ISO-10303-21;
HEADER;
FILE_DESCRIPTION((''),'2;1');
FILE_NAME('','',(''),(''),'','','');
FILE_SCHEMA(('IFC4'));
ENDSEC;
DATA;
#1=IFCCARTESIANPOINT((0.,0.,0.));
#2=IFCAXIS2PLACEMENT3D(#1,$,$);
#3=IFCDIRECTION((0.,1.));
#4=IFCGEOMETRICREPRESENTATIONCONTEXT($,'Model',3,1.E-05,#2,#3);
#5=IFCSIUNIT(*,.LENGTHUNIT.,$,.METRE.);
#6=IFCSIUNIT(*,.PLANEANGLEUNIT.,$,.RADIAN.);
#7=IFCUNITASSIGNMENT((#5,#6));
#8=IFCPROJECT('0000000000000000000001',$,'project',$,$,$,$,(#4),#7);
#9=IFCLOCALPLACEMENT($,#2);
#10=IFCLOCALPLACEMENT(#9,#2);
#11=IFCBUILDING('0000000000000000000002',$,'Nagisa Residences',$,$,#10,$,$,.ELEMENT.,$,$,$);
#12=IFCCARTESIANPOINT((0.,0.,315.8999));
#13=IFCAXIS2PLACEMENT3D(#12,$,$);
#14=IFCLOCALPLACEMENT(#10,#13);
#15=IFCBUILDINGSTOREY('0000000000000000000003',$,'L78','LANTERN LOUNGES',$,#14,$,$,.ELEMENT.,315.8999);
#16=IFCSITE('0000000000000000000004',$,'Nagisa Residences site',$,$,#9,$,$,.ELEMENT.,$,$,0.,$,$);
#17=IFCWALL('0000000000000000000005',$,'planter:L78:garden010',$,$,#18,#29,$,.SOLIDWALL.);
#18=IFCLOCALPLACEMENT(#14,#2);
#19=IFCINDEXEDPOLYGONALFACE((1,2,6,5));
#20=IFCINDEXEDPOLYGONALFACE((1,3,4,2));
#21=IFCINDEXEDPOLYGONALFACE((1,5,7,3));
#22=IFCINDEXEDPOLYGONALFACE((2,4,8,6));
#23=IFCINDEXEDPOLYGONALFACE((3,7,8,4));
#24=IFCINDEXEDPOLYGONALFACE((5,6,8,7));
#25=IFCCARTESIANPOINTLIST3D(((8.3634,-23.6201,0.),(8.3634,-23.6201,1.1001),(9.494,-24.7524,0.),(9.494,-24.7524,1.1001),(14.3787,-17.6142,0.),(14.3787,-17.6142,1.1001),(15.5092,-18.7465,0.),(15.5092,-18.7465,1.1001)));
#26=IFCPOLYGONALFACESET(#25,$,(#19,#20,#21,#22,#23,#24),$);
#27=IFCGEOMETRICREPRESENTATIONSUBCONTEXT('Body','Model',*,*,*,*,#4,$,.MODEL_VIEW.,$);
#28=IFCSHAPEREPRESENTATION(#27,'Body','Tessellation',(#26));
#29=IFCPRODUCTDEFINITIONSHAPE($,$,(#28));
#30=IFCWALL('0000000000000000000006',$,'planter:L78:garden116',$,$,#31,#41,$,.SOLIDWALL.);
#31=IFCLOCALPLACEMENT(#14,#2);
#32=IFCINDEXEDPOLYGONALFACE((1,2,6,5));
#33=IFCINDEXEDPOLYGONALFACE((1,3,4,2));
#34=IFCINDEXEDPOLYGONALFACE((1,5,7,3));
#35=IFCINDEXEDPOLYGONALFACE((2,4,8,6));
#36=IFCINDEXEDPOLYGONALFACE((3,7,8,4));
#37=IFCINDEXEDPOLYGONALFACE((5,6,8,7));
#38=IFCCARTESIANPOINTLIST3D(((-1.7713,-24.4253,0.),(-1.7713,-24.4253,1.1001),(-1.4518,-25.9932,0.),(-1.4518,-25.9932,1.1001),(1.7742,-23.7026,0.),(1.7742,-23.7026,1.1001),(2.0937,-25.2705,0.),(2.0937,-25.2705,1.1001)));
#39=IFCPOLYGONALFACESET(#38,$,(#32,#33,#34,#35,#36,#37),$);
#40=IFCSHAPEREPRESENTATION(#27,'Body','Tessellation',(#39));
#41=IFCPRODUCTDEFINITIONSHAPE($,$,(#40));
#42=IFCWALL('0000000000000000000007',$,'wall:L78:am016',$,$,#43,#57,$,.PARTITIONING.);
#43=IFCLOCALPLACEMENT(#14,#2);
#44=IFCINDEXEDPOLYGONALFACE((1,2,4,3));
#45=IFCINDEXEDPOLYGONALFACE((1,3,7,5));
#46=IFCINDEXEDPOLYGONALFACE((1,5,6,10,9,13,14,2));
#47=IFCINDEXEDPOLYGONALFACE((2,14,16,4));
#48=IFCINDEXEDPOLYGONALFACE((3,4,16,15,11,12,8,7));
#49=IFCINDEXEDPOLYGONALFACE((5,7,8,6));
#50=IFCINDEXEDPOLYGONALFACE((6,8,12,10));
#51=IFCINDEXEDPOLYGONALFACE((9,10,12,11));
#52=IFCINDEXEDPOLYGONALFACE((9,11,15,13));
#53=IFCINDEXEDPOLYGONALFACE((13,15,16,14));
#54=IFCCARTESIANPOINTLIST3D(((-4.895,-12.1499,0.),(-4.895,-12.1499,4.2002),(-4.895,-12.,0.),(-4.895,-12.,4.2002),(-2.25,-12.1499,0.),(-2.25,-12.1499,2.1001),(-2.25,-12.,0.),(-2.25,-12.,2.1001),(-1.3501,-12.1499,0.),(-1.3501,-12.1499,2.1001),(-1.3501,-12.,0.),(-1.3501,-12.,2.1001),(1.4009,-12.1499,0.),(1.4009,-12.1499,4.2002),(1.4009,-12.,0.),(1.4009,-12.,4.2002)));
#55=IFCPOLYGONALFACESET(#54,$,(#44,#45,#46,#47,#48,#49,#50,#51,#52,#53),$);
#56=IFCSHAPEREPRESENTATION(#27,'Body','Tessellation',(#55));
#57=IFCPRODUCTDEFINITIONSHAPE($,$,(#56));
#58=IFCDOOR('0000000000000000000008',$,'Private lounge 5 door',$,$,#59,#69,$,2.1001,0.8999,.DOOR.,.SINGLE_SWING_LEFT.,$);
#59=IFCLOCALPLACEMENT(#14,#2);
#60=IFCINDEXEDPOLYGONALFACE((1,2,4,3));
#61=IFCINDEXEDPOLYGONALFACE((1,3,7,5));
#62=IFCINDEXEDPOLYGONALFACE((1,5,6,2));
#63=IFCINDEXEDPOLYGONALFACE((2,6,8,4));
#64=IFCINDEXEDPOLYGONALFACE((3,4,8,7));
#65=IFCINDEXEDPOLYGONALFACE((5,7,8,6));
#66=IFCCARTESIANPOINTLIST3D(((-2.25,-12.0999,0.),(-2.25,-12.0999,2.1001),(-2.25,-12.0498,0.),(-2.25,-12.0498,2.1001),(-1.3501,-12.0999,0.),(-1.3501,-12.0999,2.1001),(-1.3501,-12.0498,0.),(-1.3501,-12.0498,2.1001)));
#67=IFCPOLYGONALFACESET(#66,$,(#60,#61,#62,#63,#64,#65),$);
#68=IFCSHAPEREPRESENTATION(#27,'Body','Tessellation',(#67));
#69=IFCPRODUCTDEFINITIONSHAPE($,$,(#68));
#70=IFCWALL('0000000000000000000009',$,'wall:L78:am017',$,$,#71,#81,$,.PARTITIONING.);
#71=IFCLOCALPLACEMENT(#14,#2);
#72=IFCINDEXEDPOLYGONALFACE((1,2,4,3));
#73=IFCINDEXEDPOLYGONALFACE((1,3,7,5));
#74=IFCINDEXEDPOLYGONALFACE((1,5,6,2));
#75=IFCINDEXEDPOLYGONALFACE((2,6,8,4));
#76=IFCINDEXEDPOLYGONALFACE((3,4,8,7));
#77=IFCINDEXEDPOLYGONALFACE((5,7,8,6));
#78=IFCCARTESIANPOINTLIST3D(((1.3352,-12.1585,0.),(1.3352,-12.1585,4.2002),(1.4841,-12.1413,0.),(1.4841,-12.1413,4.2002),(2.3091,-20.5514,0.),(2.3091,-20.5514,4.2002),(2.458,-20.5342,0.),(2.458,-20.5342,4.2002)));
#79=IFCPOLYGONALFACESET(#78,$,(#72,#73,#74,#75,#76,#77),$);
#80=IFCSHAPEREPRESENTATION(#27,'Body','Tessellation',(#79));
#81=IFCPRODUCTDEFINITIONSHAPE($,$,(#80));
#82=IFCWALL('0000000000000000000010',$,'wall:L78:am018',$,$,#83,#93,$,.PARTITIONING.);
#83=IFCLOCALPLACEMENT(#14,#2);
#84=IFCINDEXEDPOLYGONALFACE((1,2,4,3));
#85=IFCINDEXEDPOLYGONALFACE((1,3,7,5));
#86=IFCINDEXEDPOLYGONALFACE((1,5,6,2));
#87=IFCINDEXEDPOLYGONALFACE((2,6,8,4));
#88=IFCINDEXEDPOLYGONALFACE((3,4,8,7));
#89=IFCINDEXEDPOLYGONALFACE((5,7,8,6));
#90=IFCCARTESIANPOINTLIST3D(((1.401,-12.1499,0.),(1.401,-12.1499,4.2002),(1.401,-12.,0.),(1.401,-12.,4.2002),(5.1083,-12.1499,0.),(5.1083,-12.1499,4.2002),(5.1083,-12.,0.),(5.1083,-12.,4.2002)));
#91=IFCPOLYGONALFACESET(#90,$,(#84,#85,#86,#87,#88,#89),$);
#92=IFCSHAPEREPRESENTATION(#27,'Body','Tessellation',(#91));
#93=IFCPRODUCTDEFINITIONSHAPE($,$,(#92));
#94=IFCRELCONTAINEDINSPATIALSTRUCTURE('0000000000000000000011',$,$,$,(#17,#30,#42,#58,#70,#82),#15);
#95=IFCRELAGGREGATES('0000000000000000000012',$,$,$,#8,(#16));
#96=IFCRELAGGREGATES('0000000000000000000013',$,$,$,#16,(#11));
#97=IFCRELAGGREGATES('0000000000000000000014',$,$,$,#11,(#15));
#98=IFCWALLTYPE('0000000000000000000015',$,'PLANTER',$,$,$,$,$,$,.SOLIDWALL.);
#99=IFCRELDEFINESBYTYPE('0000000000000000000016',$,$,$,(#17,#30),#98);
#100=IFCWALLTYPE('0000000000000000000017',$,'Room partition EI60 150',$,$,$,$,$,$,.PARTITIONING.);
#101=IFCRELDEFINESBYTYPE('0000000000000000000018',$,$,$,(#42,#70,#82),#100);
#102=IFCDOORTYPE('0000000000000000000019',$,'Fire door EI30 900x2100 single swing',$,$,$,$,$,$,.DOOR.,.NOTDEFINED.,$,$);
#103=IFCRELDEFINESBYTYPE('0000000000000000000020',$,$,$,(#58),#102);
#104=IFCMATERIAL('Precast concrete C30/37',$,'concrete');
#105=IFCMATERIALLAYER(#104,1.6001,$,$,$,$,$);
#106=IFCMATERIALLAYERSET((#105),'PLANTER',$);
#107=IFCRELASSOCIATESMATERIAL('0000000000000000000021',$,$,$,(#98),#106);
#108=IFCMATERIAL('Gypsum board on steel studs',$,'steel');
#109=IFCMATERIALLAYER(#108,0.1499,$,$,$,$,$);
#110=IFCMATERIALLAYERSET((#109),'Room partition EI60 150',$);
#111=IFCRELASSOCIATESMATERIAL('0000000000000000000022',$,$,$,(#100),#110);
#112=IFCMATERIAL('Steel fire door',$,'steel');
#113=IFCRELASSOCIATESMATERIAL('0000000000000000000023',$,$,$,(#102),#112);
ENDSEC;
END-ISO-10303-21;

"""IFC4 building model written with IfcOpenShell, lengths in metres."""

from ifc_helpers import new_model, si_unit, direction, frame, frame_2d, origin, place, context, subcontext, project, spatial, rectangle, extrude, material, layer, layer_set, type_object, element, fill, save


model = new_model("IFC4")

# Units and contexts
model_context = context("Model", 3, precision=1e-05, world=origin(), true_north=direction((0.0, 1.0)))
body_context = subcontext(model_context, "Body", "Model", "MODEL_VIEW")
ifc_project = project(units=[si_unit("LENGTHUNIT", "METRE"), si_unit("PLANEANGLEUNIT", "RADIAN")], contexts=[model_context])

# Site, building, storey
site_placement = place(None, origin())
site = spatial("IfcSite", under=ifc_project, at=site_placement, Name="Nagisa Residences site", CompositionType="ELEMENT", RefElevation=0.0)
building_placement = place(site_placement, origin())
building = spatial("IfcBuilding", under=site, at=building_placement, Name="Nagisa Residences", CompositionType="ELEMENT")
storey_placement = place(building_placement, frame((0.0, 0.0, 315.8999)))
storey = spatial("IfcBuildingStorey", under=building, at=storey_placement, Name="L78", Description="LANTERN LOUNGES", CompositionType="ELEMENT", Elevation=315.8999)

# Walls
ifc_material_1 = material(Name="Precast concrete C30/37", Category="concrete")
ifc_layer_1 = layer(ifc_material_1, 1.6001)
ifc_layer_set_1 = layer_set([ifc_layer_1], Name="PLANTER")
wall_type_1 = type_object("IfcWallType", Name="PLANTER", PredefinedType="SOLIDWALL", material=ifc_layer_set_1)
wall_1_placement = place(storey_placement, frame((14.9438, -18.1804, 0.0), z_axis=(0.0, 0.0, 1.0), x_axis=(-0.707652, -0.706561, 0.0)))
element("IfcWall", 1, at=wall_1_placement, inside=storey, type_object=wall_type_1, Name="planter:L78:garden010", PredefinedType="SOLIDWALL", context=body_context, shape_type="SweptSolid", body=[
    extrude(rectangle(XDim=8.5002, YDim=1.6001, at=frame_2d((4.25, 0.0))), origin(), (0.0, 0.0, 1.0), 1.1001),
])
wall_2_placement = place(storey_placement, frame((1.9338, -24.4866, 0.0), z_axis=(0.0, 0.0, 1.0), x_axis=(-0.979853, -0.199722, 0.0)))
element("IfcWall", 2, at=wall_2_placement, inside=storey, type_object=wall_type_1, Name="planter:L78:garden116", PredefinedType="SOLIDWALL", context=body_context, shape_type="SweptSolid", body=[
    extrude(rectangle(XDim=3.6184, YDim=1.6001, at=frame_2d((1.8091, 0.0))), origin(), (0.0, 0.0, 1.0), 1.1001),
])

# Wall, opening, door
ifc_material_2 = material(Name="Gypsum board on steel studs", Category="steel")
ifc_layer_2 = layer(ifc_material_2, 0.1499)
ifc_layer_set_2 = layer_set([ifc_layer_2], Name="Room partition EI60 150")
wall_type_2 = type_object("IfcWallType", Name="Room partition EI60 150", PredefinedType="PARTITIONING", material=ifc_layer_set_2)
wall_3_placement = place(storey_placement, frame((1.4009, -12.075, 0.0), z_axis=(0.0, 0.0, 1.0), x_axis=(-1.0, 0.0, 0.0)))
wall_3 = element("IfcWall", 3, at=wall_3_placement, inside=storey, type_object=wall_type_2, Name="wall:L78:am016", PredefinedType="PARTITIONING", context=body_context, shape_type="SweptSolid", body=[
    extrude(rectangle(XDim=6.2959, YDim=0.1499, at=frame_2d((3.1479, 0.0))), origin(), (0.0, 0.0, 1.0), 4.2002),
])
opening_placement = place(wall_3_placement, frame((2.751, 0.0, 0.0)))
opening = element("IfcOpeningElement", 4, at=opening_placement, cuts=wall_3, PredefinedType="OPENING", context=body_context, shape_type="SweptSolid", body=[
    extrude(rectangle(XDim=0.8999, YDim=2.1001, at=frame_2d((0.45, 1.05))), frame((0.0, 0.085, 0.0), z_axis=(0.0, -1.0, 0.0), x_axis=(1.0, 0.0, 0.0)), (0.0, 0.0, 1.0), 0.1699),
])
ifc_material_3 = material(Name="Steel fire door", Category="steel")
door_type = type_object("IfcDoorType", Name="Fire door EI30 900x2100 single swing", OperationType="NOTDEFINED", PredefinedType="DOOR", material=ifc_material_3)
door_placement = place(opening_placement, origin())
door = element("IfcDoor", 5, at=door_placement, inside=storey, type_object=door_type, Name="Private lounge 5 door", OperationType="SINGLE_SWING_LEFT", OverallHeight=2.1001, OverallWidth=0.8999, PredefinedType="DOOR", context=body_context, shape_type="SweptSolid", body=[
    extrude(rectangle(XDim=0.8999, YDim=2.1001, at=frame_2d((0.45, 1.05))), frame((0.0, 0.0249, 0.0), z_axis=(0.0, -1.0, 0.0), x_axis=(1.0, 0.0, 0.0)), (0.0, 0.0, 1.0), 0.05),
])
fill(opening, door)

# Walls
wall_4_placement = place(storey_placement, frame((1.4097, -12.1499, 0.0), z_axis=(0.0, 0.0, 1.0), x_axis=(0.115263, -0.993335, 0.0)))
element("IfcWall", 6, at=wall_4_placement, inside=storey, type_object=wall_type_2, Name="wall:L78:am017", PredefinedType="PARTITIONING", context=body_context, shape_type="SweptSolid", body=[
    extrude(rectangle(XDim=8.4492, YDim=0.1499, at=frame_2d((4.2246, 0.0))), origin(), (0.0, 0.0, 1.0), 4.2002),
])
wall_5_placement = place(storey_placement, frame((5.1082, -12.075, 0.0), z_axis=(0.0, 0.0, 1.0), x_axis=(-1.0, 0.0, 0.0)))
element("IfcWall", 7, at=wall_5_placement, inside=storey, type_object=wall_type_2, Name="wall:L78:am018", PredefinedType="PARTITIONING", context=body_context, shape_type="SweptSolid", body=[
    extrude(rectangle(XDim=3.7073, YDim=0.1499, at=frame_2d((1.8535, 0.0))), origin(), (0.0, 0.0, 1.0), 4.2002),
])

save(model, "model.ifc")
